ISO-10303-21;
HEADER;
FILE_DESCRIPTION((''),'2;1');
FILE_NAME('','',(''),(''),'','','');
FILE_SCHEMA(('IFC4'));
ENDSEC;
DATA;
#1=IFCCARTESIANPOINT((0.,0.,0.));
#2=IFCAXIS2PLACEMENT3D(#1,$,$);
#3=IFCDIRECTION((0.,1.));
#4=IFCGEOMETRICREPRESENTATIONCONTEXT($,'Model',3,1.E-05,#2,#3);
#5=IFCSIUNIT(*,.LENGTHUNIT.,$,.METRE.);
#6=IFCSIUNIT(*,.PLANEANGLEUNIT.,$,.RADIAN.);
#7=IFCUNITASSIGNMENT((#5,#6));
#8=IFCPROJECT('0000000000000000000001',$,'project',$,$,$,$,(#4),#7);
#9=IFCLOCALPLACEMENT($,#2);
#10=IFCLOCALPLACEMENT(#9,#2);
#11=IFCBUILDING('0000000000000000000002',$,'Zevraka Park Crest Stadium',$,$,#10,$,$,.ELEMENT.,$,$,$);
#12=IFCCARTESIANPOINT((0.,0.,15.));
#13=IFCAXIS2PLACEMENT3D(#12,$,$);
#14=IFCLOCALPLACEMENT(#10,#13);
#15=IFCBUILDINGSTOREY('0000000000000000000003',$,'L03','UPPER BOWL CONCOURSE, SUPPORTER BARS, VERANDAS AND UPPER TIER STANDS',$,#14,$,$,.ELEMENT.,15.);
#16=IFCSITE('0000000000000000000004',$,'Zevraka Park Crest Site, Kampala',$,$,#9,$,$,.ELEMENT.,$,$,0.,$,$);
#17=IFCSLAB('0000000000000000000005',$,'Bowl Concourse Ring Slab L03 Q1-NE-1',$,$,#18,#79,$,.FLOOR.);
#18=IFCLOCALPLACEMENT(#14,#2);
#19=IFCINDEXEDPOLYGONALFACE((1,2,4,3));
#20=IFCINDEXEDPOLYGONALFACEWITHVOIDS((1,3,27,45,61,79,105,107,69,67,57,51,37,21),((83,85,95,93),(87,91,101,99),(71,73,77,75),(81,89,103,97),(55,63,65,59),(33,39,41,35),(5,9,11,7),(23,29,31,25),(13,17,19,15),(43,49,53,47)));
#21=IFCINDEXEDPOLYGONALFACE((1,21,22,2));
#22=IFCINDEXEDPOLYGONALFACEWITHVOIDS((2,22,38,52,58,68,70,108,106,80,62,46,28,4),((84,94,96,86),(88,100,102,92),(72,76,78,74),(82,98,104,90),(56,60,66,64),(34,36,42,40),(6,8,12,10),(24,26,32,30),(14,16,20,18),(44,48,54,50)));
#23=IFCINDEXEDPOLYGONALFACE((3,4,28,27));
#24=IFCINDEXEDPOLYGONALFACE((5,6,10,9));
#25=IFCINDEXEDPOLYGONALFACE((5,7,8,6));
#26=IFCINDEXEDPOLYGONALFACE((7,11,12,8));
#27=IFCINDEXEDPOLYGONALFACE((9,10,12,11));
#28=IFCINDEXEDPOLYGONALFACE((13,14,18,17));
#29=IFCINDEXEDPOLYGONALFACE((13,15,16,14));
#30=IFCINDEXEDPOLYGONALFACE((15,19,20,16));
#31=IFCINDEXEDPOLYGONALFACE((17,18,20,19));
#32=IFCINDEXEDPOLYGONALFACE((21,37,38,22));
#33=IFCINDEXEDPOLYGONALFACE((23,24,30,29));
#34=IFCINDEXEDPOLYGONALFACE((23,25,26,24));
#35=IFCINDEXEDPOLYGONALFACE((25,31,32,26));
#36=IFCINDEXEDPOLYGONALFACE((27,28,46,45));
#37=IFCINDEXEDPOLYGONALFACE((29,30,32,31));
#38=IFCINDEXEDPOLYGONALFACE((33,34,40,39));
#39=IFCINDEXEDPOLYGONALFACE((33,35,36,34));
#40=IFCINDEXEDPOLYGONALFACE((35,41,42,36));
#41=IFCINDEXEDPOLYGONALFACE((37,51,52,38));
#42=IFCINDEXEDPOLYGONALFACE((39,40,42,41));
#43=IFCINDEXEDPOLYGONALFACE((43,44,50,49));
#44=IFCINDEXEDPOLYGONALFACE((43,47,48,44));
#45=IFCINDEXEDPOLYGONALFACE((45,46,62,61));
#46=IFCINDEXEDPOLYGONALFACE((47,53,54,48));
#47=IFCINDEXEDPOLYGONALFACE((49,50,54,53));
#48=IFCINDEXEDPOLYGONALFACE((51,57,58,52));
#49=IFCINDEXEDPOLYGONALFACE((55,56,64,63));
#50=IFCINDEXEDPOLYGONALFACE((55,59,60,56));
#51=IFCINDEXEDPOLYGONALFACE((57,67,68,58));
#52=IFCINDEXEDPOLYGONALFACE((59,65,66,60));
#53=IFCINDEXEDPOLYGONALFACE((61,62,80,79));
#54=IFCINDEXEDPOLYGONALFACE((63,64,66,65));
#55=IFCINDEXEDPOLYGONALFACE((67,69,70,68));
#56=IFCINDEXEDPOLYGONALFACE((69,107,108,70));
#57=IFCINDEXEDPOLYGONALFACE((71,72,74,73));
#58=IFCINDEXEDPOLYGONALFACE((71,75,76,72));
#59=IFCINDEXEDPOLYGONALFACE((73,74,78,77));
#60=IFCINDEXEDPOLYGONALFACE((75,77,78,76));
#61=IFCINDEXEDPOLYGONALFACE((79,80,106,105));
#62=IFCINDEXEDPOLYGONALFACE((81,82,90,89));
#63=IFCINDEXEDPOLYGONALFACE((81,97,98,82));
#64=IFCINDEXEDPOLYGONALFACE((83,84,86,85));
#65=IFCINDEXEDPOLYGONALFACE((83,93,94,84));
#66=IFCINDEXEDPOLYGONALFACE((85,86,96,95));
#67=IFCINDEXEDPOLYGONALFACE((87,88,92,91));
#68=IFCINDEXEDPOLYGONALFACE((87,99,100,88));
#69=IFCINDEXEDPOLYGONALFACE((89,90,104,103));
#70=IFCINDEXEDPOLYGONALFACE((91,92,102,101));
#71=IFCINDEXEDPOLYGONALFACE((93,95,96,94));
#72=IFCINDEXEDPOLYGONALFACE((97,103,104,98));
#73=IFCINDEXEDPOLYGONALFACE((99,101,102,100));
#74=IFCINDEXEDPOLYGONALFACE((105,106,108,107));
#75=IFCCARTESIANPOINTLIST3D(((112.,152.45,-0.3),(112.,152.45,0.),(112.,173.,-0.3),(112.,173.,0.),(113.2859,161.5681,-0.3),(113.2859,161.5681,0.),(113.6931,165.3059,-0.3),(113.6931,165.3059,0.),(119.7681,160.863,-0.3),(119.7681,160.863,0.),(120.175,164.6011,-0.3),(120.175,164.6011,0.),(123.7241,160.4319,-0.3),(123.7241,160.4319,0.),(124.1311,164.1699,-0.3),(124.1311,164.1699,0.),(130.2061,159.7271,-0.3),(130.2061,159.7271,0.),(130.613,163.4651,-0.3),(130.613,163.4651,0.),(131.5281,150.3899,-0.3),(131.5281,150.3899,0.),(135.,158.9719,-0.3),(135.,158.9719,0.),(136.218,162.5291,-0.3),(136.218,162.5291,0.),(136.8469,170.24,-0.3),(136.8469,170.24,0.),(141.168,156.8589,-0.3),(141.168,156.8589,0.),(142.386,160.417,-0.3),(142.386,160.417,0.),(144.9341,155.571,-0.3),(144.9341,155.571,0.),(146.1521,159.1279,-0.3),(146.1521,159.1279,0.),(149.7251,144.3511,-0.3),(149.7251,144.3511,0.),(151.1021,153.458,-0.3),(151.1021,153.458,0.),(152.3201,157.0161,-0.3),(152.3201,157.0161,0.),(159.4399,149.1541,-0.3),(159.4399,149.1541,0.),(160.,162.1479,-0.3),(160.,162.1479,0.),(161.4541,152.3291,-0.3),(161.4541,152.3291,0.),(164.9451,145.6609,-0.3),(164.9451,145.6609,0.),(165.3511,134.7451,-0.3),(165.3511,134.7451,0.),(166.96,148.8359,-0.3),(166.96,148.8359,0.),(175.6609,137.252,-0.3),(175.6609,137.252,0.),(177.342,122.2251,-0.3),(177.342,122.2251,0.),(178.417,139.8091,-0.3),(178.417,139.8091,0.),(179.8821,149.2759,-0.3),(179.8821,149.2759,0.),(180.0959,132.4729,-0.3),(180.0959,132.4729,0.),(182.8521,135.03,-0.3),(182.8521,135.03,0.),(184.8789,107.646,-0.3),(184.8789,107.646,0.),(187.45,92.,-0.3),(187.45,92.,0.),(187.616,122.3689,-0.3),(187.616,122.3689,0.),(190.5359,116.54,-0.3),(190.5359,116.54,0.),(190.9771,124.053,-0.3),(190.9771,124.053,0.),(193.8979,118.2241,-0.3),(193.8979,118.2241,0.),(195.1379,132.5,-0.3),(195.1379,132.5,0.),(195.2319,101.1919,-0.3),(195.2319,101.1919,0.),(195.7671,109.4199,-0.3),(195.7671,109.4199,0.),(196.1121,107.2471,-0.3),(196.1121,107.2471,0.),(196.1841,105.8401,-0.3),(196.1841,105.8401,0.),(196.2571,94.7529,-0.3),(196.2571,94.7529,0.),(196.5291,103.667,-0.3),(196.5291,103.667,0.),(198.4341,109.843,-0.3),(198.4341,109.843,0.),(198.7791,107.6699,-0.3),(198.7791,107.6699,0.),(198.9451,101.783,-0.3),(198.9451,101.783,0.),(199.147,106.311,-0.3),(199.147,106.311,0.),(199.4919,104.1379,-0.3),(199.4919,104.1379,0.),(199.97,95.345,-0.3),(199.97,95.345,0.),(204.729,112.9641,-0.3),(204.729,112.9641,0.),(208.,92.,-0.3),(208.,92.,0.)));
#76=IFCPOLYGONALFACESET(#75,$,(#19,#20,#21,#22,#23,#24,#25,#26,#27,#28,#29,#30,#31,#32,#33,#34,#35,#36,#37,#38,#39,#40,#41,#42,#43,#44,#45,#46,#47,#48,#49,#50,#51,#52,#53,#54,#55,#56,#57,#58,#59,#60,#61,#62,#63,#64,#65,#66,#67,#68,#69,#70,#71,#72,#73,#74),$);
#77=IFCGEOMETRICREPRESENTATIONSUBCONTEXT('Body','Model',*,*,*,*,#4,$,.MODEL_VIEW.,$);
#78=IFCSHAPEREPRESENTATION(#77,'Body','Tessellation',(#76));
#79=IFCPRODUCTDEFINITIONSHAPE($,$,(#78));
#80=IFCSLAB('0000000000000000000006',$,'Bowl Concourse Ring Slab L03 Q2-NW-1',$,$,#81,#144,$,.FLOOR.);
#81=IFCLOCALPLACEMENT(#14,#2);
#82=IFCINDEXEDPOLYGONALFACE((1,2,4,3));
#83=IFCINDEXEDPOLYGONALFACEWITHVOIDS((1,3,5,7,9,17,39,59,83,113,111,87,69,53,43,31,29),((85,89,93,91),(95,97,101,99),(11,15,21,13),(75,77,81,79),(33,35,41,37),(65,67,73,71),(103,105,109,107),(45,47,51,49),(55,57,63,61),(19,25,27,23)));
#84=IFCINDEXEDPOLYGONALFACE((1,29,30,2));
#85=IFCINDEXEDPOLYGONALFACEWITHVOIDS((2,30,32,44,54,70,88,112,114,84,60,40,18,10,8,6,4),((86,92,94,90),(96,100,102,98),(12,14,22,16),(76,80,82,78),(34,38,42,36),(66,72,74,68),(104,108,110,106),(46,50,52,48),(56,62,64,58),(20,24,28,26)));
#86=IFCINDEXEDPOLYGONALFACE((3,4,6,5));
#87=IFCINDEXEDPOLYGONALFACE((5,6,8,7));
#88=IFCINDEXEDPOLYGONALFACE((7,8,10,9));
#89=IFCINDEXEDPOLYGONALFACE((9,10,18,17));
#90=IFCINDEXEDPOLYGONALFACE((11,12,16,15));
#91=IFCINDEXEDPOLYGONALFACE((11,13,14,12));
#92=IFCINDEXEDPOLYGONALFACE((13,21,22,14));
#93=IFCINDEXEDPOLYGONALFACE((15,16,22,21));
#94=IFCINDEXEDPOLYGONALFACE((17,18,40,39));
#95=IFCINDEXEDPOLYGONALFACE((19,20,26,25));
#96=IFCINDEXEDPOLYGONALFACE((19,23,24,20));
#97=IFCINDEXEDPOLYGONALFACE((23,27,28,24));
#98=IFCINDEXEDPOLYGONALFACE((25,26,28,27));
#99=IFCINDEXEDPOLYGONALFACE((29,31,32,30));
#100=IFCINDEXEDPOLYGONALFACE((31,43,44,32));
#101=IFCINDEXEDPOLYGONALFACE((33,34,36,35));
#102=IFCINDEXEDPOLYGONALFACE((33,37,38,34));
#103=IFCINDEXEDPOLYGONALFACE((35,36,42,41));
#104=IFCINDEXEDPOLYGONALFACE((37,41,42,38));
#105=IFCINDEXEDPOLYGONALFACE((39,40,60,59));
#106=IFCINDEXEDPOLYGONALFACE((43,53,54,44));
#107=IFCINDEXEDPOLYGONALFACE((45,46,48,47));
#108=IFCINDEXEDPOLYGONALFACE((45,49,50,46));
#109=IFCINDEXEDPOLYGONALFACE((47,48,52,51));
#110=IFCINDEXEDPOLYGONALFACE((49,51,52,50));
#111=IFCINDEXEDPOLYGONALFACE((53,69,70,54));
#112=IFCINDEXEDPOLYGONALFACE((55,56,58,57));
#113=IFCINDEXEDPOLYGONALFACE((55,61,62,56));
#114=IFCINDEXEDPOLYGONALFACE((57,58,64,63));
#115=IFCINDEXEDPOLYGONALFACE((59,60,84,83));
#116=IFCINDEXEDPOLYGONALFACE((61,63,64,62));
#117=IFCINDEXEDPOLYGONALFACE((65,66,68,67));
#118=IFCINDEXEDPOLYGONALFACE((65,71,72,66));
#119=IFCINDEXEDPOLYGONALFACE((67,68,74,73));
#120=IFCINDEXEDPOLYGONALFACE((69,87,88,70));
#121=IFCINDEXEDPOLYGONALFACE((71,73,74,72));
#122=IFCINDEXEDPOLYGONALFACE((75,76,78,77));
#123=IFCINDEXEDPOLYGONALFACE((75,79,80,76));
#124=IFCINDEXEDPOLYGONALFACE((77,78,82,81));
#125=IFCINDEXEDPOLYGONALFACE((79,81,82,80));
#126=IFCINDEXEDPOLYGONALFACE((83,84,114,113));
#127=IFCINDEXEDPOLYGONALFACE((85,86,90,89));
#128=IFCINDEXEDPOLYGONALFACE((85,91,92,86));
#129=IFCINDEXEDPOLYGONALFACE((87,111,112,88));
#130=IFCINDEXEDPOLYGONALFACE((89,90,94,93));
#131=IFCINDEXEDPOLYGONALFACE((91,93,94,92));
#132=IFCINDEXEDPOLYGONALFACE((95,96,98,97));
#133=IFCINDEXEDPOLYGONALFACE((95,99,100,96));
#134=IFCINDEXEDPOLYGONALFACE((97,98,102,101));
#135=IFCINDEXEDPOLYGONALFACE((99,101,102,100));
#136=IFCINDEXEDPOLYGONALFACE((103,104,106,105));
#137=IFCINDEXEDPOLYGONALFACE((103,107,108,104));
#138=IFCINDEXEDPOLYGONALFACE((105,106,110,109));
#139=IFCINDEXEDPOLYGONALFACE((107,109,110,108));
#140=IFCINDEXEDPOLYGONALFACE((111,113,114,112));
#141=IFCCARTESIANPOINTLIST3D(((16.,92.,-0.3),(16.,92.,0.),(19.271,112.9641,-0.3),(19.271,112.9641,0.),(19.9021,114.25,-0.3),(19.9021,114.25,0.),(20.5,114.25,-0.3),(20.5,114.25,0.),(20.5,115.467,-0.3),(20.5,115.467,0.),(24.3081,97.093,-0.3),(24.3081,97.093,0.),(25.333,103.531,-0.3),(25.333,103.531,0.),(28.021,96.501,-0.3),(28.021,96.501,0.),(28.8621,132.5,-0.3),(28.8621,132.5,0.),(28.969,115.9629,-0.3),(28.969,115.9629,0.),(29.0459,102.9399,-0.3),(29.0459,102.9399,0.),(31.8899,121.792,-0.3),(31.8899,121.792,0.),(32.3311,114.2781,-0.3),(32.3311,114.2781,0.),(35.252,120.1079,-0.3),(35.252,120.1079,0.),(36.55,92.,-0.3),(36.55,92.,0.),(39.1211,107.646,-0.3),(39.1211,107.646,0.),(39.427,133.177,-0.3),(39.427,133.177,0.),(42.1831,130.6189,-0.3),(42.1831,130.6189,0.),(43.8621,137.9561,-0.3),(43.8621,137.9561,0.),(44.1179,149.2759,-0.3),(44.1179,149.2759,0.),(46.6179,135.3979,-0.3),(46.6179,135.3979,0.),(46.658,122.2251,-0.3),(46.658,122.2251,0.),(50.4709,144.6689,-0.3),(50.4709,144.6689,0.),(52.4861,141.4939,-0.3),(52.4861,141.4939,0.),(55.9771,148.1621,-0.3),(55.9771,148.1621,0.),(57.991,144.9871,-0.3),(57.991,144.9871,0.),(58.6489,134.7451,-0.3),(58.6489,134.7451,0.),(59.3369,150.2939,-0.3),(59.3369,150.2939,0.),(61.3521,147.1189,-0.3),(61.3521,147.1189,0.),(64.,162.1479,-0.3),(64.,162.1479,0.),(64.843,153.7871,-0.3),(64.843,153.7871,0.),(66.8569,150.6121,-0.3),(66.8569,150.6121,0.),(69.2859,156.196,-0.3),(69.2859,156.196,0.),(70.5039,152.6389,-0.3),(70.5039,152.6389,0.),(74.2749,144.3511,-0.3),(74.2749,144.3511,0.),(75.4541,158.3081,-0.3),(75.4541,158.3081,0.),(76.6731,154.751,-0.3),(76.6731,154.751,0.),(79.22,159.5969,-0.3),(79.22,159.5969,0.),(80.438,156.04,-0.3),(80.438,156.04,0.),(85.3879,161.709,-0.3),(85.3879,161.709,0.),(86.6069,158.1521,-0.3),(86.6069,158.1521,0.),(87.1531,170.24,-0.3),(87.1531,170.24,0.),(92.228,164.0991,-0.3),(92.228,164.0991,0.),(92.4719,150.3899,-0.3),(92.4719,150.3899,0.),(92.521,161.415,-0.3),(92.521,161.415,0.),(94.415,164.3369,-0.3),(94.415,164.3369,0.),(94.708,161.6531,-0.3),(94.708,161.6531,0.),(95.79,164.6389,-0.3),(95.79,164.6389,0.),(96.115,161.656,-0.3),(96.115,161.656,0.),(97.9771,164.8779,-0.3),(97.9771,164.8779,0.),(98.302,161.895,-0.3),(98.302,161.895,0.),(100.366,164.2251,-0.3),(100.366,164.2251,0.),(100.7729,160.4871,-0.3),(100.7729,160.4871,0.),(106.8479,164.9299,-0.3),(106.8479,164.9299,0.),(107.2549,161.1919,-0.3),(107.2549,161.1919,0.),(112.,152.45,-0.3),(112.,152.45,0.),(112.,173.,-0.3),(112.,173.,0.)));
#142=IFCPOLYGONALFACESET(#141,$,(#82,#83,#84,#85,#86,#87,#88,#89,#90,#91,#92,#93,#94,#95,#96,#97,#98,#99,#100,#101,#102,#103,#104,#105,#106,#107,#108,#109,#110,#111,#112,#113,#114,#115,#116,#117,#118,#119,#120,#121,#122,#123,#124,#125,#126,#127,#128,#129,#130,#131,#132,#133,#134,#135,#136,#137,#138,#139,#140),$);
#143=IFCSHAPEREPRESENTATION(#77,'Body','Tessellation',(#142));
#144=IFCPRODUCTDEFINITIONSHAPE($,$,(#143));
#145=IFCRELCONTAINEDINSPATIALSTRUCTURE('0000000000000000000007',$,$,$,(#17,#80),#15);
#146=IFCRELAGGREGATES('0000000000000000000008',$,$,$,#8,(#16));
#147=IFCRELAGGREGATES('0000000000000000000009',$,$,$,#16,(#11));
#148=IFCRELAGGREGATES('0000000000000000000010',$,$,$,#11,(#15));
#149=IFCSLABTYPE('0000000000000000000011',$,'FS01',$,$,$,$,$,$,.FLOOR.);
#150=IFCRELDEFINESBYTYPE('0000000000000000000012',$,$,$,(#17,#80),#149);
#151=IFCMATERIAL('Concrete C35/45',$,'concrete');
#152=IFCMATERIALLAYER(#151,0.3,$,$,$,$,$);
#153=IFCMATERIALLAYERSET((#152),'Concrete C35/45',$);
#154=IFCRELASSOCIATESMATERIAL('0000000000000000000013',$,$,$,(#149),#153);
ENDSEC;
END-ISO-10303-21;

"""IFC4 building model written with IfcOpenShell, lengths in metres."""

from ifc_helpers import new_model, si_unit, direction, frame, origin, place, context, subcontext, project, spatial, polyline, outline, extrude, material, layer, layer_set, type_object, element, save


model = new_model("IFC4")

# Units and contexts
model_context = context("Model", 3, precision=1e-05, world=origin(), true_north=direction((0.0, 1.0)))
body_context = subcontext(model_context, "Body", "Model", "MODEL_VIEW")
ifc_project = project(units=[si_unit("LENGTHUNIT", "METRE"), si_unit("PLANEANGLEUNIT", "RADIAN")], contexts=[model_context])

# Site, building, storey
site_placement = place(None, origin())
site = spatial("IfcSite", under=ifc_project, at=site_placement, Name="Zevraka Park Crest Site, Kampala", CompositionType="ELEMENT", RefElevation=0.0)
building_placement = place(site_placement, origin())
building = spatial("IfcBuilding", under=site, at=building_placement, Name="Zevraka Park Crest Stadium", CompositionType="ELEMENT")
storey_placement = place(building_placement, frame((0.0, 0.0, 15.0)))
storey = spatial("IfcBuildingStorey", under=building, at=storey_placement, Name="L03", Description="UPPER BOWL CONCOURSE, SUPPORTER BARS, VERANDAS AND UPPER TIER STANDS", CompositionType="ELEMENT", Elevation=15.0)

# Slabs
ifc_material_1 = material(Name="Concrete C35/45", Category="concrete")
ifc_layer_1 = layer(ifc_material_1, 0.3)
ifc_layer_set_1 = layer_set([ifc_layer_1], Name="Concrete C35/45")
slab_type_1 = type_object("IfcSlabType", Name="FS01", PredefinedType="FLOOR", material=ifc_layer_set_1)
slab_1_placement = place(storey_placement, frame((0.0, 0.0, -0.3)))
element("IfcSlab", 1, at=slab_1_placement, inside=storey, type_object=slab_type_1, Name="Bowl Concourse Ring Slab L03 Q1-NE-1", PredefinedType="FLOOR", context=body_context, shape_type="SweptSolid", body=[
    extrude(outline(polyline([(184.8789, 107.646), (177.342, 122.2251), (165.3511, 134.7451), (149.7251, 144.3511), (131.5281, 150.3899), (112.0, 152.45), (112.0, 173.0), (136.8469, 170.24), (160.0, 162.1479), (179.8821, 149.2759), (195.1379, 132.5), (204.729, 112.9641), (208.0, 92.0), (187.45, 92.0), (184.8789, 107.646)]), holes=[polyline([(195.2319, 101.1919), (196.2571, 94.7529), (199.97, 95.345), (198.9451, 101.783), (195.2319, 101.1919)]), polyline([(196.1841, 105.8401), (196.5291, 103.667), (199.4919, 104.1379), (199.147, 106.311), (196.1841, 105.8401)]), polyline([(195.7671, 109.4199), (196.1121, 107.2471), (198.7791, 107.6699), (198.4341, 109.843), (195.7671, 109.4199)]), polyline([(190.9771, 124.053), (187.616, 122.3689), (190.5359, 116.54), (193.8979, 118.2241), (190.9771, 124.053)]), polyline([(178.417, 139.8091), (175.6609, 137.252), (180.0959, 132.4729), (182.8521, 135.03), (178.417, 139.8091)]), polyline([(159.4399, 149.1541), (164.9451, 145.6609), (166.96, 148.8359), (161.4541, 152.3291), (159.4399, 149.1541)]), polyline([(144.9341, 155.571), (151.1021, 153.458), (152.3201, 157.0161), (146.1521, 159.1279), (144.9341, 155.571)]), polyline([(135.0, 158.9719), (141.168, 156.8589), (142.386, 160.417), (136.218, 162.5291), (135.0, 158.9719)]), polyline([(124.1311, 164.1699), (123.7241, 160.4319), (130.2061, 159.7271), (130.613, 163.4651), (124.1311, 164.1699)]), polyline([(113.6931, 165.3059), (113.2859, 161.5681), (119.7681, 160.863), (120.175, 164.6011), (113.6931, 165.3059)])]), origin(), (0.0, 0.0, 1.0), 0.3),
])
slab_2_placement = place(storey_placement, frame((0.0, 0.0, -0.3)))
element("IfcSlab", 2, at=slab_2_placement, inside=storey, type_object=slab_type_1, Name="Bowl Concourse Ring Slab L03 Q2-NW-1", PredefinedType="FLOOR", context=body_context, shape_type="SweptSolid", body=[
    extrude(outline(polyline([(92.4719, 150.3899), (74.2749, 144.3511), (58.6489, 134.7451), (46.658, 122.2251), (39.1211, 107.646), (36.55, 92.0), (16.0, 92.0), (19.271, 112.9641), (19.9021, 114.25), (20.5, 114.25), (20.5, 115.467), (28.8621, 132.5), (44.1179, 149.2759), (64.0, 162.1479), (87.1531, 170.24), (112.0, 173.0), (112.0, 152.45), (92.4719, 150.3899)]), holes=[polyline([(28.021, 96.501), (29.0459, 102.9399), (25.333, 103.531), (24.3081, 97.093), (28.021, 96.501)]), polyline([(32.3311, 114.2781), (35.252, 120.1079), (31.8899, 121.792), (28.969, 115.9629), (32.3311, 114.2781)]), polyline([(39.427, 133.177), (42.1831, 130.6189), (46.6179, 135.3979), (43.8621, 137.9561), (39.427, 133.177)]), polyline([(50.4709, 144.6689), (52.4861, 141.4939), (57.991, 144.9871), (55.9771, 148.1621), (50.4709, 144.6689)]), polyline([(61.3521, 147.1189), (66.8569, 150.6121), (64.843, 153.7871), (59.3369, 150.2939), (61.3521, 147.1189)]), polyline([(69.2859, 156.196), (70.5039, 152.6389), (76.6731, 154.751), (75.4541, 158.3081), (69.2859, 156.196)]), polyline([(79.22, 159.5969), (80.438, 156.04), (86.6069, 158.1521), (85.3879, 161.709), (79.22, 159.5969)]), polyline([(100.7729, 160.4871), (107.2549, 161.1919), (106.8479, 164.9299), (100.366, 164.2251), (100.7729, 160.4871)]), polyline([(92.228, 164.0991), (92.521, 161.415), (94.708, 161.6531), (94.415, 164.3369), (92.228, 164.0991)]), polyline([(95.79, 164.6389), (96.115, 161.656), (98.302, 161.895), (97.9771, 164.8779), (95.79, 164.6389)])]), origin(), (0.0, 0.0, 1.0), 0.3),
])

save(model, "model.ifc")
